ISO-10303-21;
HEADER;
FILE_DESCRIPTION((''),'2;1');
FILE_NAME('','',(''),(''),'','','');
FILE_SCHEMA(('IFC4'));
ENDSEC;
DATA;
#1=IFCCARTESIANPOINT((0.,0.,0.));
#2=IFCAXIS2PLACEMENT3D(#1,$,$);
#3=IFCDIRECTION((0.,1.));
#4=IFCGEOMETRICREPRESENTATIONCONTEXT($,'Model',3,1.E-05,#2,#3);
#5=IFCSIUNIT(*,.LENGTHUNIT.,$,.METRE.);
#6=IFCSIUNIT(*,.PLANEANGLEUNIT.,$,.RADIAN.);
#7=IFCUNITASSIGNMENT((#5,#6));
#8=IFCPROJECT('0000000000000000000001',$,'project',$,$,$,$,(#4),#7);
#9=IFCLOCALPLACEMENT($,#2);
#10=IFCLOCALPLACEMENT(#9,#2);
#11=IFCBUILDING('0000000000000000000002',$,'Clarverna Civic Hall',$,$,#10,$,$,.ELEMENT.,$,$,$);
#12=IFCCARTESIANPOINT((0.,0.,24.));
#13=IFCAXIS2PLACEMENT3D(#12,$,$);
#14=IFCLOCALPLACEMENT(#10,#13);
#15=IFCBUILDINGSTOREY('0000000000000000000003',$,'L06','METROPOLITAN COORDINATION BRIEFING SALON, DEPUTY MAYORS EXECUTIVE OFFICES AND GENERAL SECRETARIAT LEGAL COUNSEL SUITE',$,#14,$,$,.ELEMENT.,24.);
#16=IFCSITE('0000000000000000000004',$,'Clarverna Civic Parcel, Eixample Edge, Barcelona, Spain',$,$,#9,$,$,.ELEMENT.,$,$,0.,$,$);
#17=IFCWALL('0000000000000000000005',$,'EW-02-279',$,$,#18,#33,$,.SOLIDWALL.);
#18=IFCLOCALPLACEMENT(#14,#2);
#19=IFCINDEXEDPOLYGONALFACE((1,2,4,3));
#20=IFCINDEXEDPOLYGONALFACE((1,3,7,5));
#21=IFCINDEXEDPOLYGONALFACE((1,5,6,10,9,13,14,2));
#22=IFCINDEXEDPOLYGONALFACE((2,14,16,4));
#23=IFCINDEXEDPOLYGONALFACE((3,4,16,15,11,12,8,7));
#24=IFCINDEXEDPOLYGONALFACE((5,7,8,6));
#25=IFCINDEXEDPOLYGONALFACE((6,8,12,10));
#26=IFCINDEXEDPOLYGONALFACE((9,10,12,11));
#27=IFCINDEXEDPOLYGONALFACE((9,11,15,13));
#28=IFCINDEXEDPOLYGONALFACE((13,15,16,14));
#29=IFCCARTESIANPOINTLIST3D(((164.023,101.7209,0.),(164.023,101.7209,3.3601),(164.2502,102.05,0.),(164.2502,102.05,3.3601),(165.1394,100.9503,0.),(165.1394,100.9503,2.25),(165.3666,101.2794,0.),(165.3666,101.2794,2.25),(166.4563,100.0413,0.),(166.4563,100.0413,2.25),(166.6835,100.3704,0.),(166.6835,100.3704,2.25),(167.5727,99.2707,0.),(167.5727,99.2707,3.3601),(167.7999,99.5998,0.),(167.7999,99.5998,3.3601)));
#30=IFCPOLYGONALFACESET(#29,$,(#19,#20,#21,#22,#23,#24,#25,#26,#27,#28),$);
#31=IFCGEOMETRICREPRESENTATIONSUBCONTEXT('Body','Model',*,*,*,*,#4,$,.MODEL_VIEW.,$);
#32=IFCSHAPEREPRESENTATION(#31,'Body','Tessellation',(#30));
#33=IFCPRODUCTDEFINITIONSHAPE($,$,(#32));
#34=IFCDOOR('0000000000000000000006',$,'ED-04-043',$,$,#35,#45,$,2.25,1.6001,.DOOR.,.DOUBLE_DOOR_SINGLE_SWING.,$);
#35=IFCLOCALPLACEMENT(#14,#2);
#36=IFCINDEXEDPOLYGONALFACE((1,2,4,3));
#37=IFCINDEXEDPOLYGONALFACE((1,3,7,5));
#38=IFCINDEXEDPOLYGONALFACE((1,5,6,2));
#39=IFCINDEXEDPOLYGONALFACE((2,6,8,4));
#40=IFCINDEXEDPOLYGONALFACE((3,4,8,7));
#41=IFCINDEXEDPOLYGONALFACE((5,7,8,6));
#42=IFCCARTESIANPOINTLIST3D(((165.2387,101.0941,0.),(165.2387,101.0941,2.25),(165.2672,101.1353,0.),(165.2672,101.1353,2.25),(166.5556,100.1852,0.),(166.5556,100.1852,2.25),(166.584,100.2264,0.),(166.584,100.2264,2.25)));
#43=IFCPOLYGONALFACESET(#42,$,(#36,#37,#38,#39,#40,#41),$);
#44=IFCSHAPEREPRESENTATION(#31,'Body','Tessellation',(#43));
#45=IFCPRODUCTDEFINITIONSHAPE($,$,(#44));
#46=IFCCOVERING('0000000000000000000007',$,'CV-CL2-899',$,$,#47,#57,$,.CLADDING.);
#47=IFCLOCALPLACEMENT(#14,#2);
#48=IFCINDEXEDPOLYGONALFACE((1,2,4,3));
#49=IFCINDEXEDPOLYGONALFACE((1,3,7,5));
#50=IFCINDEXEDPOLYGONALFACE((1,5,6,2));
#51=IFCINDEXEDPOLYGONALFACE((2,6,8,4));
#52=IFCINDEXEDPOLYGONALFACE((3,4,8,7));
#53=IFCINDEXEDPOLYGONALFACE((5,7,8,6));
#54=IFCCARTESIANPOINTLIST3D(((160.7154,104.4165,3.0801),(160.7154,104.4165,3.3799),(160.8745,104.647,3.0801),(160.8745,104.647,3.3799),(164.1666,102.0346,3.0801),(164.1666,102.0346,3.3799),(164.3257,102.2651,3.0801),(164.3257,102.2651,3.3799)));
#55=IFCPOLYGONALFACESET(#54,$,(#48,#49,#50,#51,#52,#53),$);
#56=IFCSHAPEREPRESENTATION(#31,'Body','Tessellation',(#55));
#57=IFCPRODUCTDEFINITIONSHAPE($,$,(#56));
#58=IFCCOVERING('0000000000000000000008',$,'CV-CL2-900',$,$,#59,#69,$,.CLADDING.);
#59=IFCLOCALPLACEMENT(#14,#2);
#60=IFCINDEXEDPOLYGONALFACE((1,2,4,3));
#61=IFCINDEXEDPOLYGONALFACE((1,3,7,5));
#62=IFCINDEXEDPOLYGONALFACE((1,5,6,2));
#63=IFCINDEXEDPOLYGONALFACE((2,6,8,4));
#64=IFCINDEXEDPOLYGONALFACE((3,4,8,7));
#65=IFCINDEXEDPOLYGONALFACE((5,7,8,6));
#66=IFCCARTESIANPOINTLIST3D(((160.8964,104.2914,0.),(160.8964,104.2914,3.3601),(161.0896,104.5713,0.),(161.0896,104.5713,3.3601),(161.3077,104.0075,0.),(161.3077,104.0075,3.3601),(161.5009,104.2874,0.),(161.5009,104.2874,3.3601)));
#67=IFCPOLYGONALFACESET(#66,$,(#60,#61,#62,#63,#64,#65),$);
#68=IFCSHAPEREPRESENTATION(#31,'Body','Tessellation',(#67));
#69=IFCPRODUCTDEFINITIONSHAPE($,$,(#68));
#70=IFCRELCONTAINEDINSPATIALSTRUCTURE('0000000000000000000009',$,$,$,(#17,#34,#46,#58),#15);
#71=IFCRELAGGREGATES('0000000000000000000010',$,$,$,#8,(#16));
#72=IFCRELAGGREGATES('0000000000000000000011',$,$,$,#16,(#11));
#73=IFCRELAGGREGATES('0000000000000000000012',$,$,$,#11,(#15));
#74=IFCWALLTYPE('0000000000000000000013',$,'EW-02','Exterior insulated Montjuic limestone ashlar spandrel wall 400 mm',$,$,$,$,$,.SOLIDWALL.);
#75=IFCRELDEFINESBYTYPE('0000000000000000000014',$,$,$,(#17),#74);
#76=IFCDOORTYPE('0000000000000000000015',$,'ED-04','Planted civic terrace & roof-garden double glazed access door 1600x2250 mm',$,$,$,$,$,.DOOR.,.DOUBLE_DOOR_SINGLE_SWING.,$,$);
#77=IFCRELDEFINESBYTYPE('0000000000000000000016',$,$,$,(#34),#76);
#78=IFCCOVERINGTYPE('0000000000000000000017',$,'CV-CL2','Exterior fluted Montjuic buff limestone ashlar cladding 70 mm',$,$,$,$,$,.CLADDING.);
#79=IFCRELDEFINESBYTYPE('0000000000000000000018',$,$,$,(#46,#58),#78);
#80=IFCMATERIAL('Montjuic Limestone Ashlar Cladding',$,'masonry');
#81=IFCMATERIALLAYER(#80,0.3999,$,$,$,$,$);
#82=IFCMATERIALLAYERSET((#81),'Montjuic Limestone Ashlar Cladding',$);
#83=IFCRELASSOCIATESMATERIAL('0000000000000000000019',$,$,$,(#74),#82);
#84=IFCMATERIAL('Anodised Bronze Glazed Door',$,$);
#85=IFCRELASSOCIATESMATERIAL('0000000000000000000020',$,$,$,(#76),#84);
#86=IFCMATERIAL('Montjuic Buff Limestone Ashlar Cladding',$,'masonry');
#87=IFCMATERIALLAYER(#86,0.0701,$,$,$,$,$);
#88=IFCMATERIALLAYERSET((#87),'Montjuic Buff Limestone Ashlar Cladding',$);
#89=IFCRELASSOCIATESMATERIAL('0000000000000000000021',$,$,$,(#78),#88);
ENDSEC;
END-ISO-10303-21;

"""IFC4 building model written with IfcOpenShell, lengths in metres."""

from ifc_helpers import new_model, si_unit, direction, frame, frame_2d, origin, place, context, subcontext, project, spatial, rectangle, extrude, material, layer, layer_set, type_object, element, fill, save


model = new_model("IFC4")

# Units and contexts
model_context = context("Model", 3, precision=1e-05, world=origin(), true_north=direction((0.0, 1.0)))
body_context = subcontext(model_context, "Body", "Model", "MODEL_VIEW")
ifc_project = project(units=[si_unit("LENGTHUNIT", "METRE"), si_unit("PLANEANGLEUNIT", "RADIAN")], contexts=[model_context])

# Site, building, storey
site_placement = place(None, origin())
site = spatial("IfcSite", under=ifc_project, at=site_placement, Name="Clarverna Civic Parcel, Eixample Edge, Barcelona, Spain", CompositionType="ELEMENT", RefElevation=0.0)
building_placement = place(site_placement, origin())
building = spatial("IfcBuilding", under=site, at=building_placement, Name="Clarverna Civic Hall", CompositionType="ELEMENT")
storey_placement = place(building_placement, frame((0.0, 0.0, 24.0)))
storey = spatial("IfcBuildingStorey", under=building, at=storey_placement, Name="L06", Description="METROPOLITAN COORDINATION BRIEFING SALON, DEPUTY MAYORS EXECUTIVE OFFICES AND GENERAL SECRETARIAT LEGAL COUNSEL SUITE", CompositionType="ELEMENT", Elevation=24.0)

# Shared definitions
ifc_material_1 = material(Name="Montjuic Limestone Ashlar Cladding", Category="masonry")
ifc_layer_1 = layer(ifc_material_1, 0.3999)
ifc_layer_set_1 = layer_set([ifc_layer_1], Name="Montjuic Limestone Ashlar Cladding")
wall_type = type_object("IfcWallType", Name="EW-02", Description="Exterior insulated Montjuic limestone ashlar spandrel wall 400 mm", PredefinedType="SOLIDWALL", material=ifc_layer_set_1)
ifc_material_2 = material(Name="Anodised Bronze Glazed Door")
door_type = type_object("IfcDoorType", Name="ED-04", Description="Planted civic terrace & roof-garden double glazed access door 1600x2250 mm", OperationType="DOUBLE_DOOR_SINGLE_SWING", PredefinedType="DOOR", material=ifc_material_2)

# Wall, opening, door
wall_1_placement = place(storey_placement, frame((164.1365, 101.8855, 0.0), z_axis=(0.0, 0.0, 1.0), x_axis=(0.82299, -0.568056, 0.0)))
wall_1 = element("IfcWall", 1, at=wall_1_placement, inside=storey, type_object=wall_type, Name="EW-02-279", PredefinedType="SOLIDWALL", context=body_context, shape_type="SweptSolid", body=[
    extrude(rectangle(XDim=4.3132, YDim=0.3999, at=frame_2d((2.1567, 0.0))), origin(), (0.0, 0.0, 1.0), 3.3601),
])
opening_1_placement = place(wall_1_placement, frame((1.3567, 0.0, 0.0)))
opening_1 = element("IfcOpeningElement", 2, at=opening_1_placement, cuts=wall_1, PredefinedType="OPENING", context=body_context, shape_type="SweptSolid", body=[
    extrude(rectangle(XDim=1.6001, YDim=2.25, at=frame_2d((0.8, 1.125))), frame((0.0, 0.21, 0.0), z_axis=(0.0, -1.0, 0.0), x_axis=(1.0, 0.0, 0.0)), (0.0, 0.0, 1.0), 0.4199),
])
door_1_placement = place(opening_1_placement, origin())
door_1 = element("IfcDoor", 3, at=door_1_placement, inside=storey, type_object=door_type, Name="ED-04-043", OperationType="DOUBLE_DOOR_SINGLE_SWING", OverallHeight=2.25, OverallWidth=1.6001, PredefinedType="DOOR", context=body_context, shape_type="SweptSolid", body=[
    extrude(rectangle(XDim=1.6001, YDim=2.25, at=frame_2d((0.8, 1.125))), frame((0.0, 0.0249, 0.0), z_axis=(0.0, -1.0, 0.0), x_axis=(1.0, 0.0, 0.0)), (0.0, 0.0, 1.0), 0.05),
])
fill(opening_1, door_1)

# Coverings
ifc_material_3 = material(Name="Montjuic Buff Limestone Ashlar Cladding", Category="masonry")
ifc_layer_2 = layer(ifc_material_3, 0.0701)
ifc_layer_set_2 = layer_set([ifc_layer_2], Name="Montjuic Buff Limestone Ashlar Cladding")
covering_type = type_object("IfcCoveringType", Name="CV-CL2", Description="Exterior fluted Montjuic buff limestone ashlar cladding 70 mm", PredefinedType="CLADDING", material=ifc_layer_set_2)
covering_1_placement = place(storey_placement, frame((160.7949, 104.5317, 3.0801), z_axis=(0.0, 0.0, 1.0), x_axis=(0.823021, -0.56801, 0.0)))
element("IfcCovering", 4, at=covering_1_placement, inside=storey, type_object=covering_type, Name="CV-CL2-899", PredefinedType="CLADDING", context=body_context, shape_type="SweptSolid", body=[
    extrude(rectangle(XDim=4.1934, YDim=0.28, at=frame_2d((2.0967, 0.0))), origin(), (0.0, 0.0, 1.0), 0.2998),
])
covering_2_placement = place(storey_placement, frame((160.9929, 104.4314, 0.0), z_axis=(0.0, 0.0, 1.0), x_axis=(0.823, -0.568041, 0.0)))
element("IfcCovering", 5, at=covering_2_placement, inside=storey, type_object=covering_type, Name="CV-CL2-900", PredefinedType="CLADDING", context=body_context, shape_type="SweptSolid", body=[
    extrude(rectangle(XDim=0.4998, YDim=0.3401, at=frame_2d((0.25, 0.0))), origin(), (0.0, 0.0, 1.0), 3.3601),
])

save(model, "model.ifc")
